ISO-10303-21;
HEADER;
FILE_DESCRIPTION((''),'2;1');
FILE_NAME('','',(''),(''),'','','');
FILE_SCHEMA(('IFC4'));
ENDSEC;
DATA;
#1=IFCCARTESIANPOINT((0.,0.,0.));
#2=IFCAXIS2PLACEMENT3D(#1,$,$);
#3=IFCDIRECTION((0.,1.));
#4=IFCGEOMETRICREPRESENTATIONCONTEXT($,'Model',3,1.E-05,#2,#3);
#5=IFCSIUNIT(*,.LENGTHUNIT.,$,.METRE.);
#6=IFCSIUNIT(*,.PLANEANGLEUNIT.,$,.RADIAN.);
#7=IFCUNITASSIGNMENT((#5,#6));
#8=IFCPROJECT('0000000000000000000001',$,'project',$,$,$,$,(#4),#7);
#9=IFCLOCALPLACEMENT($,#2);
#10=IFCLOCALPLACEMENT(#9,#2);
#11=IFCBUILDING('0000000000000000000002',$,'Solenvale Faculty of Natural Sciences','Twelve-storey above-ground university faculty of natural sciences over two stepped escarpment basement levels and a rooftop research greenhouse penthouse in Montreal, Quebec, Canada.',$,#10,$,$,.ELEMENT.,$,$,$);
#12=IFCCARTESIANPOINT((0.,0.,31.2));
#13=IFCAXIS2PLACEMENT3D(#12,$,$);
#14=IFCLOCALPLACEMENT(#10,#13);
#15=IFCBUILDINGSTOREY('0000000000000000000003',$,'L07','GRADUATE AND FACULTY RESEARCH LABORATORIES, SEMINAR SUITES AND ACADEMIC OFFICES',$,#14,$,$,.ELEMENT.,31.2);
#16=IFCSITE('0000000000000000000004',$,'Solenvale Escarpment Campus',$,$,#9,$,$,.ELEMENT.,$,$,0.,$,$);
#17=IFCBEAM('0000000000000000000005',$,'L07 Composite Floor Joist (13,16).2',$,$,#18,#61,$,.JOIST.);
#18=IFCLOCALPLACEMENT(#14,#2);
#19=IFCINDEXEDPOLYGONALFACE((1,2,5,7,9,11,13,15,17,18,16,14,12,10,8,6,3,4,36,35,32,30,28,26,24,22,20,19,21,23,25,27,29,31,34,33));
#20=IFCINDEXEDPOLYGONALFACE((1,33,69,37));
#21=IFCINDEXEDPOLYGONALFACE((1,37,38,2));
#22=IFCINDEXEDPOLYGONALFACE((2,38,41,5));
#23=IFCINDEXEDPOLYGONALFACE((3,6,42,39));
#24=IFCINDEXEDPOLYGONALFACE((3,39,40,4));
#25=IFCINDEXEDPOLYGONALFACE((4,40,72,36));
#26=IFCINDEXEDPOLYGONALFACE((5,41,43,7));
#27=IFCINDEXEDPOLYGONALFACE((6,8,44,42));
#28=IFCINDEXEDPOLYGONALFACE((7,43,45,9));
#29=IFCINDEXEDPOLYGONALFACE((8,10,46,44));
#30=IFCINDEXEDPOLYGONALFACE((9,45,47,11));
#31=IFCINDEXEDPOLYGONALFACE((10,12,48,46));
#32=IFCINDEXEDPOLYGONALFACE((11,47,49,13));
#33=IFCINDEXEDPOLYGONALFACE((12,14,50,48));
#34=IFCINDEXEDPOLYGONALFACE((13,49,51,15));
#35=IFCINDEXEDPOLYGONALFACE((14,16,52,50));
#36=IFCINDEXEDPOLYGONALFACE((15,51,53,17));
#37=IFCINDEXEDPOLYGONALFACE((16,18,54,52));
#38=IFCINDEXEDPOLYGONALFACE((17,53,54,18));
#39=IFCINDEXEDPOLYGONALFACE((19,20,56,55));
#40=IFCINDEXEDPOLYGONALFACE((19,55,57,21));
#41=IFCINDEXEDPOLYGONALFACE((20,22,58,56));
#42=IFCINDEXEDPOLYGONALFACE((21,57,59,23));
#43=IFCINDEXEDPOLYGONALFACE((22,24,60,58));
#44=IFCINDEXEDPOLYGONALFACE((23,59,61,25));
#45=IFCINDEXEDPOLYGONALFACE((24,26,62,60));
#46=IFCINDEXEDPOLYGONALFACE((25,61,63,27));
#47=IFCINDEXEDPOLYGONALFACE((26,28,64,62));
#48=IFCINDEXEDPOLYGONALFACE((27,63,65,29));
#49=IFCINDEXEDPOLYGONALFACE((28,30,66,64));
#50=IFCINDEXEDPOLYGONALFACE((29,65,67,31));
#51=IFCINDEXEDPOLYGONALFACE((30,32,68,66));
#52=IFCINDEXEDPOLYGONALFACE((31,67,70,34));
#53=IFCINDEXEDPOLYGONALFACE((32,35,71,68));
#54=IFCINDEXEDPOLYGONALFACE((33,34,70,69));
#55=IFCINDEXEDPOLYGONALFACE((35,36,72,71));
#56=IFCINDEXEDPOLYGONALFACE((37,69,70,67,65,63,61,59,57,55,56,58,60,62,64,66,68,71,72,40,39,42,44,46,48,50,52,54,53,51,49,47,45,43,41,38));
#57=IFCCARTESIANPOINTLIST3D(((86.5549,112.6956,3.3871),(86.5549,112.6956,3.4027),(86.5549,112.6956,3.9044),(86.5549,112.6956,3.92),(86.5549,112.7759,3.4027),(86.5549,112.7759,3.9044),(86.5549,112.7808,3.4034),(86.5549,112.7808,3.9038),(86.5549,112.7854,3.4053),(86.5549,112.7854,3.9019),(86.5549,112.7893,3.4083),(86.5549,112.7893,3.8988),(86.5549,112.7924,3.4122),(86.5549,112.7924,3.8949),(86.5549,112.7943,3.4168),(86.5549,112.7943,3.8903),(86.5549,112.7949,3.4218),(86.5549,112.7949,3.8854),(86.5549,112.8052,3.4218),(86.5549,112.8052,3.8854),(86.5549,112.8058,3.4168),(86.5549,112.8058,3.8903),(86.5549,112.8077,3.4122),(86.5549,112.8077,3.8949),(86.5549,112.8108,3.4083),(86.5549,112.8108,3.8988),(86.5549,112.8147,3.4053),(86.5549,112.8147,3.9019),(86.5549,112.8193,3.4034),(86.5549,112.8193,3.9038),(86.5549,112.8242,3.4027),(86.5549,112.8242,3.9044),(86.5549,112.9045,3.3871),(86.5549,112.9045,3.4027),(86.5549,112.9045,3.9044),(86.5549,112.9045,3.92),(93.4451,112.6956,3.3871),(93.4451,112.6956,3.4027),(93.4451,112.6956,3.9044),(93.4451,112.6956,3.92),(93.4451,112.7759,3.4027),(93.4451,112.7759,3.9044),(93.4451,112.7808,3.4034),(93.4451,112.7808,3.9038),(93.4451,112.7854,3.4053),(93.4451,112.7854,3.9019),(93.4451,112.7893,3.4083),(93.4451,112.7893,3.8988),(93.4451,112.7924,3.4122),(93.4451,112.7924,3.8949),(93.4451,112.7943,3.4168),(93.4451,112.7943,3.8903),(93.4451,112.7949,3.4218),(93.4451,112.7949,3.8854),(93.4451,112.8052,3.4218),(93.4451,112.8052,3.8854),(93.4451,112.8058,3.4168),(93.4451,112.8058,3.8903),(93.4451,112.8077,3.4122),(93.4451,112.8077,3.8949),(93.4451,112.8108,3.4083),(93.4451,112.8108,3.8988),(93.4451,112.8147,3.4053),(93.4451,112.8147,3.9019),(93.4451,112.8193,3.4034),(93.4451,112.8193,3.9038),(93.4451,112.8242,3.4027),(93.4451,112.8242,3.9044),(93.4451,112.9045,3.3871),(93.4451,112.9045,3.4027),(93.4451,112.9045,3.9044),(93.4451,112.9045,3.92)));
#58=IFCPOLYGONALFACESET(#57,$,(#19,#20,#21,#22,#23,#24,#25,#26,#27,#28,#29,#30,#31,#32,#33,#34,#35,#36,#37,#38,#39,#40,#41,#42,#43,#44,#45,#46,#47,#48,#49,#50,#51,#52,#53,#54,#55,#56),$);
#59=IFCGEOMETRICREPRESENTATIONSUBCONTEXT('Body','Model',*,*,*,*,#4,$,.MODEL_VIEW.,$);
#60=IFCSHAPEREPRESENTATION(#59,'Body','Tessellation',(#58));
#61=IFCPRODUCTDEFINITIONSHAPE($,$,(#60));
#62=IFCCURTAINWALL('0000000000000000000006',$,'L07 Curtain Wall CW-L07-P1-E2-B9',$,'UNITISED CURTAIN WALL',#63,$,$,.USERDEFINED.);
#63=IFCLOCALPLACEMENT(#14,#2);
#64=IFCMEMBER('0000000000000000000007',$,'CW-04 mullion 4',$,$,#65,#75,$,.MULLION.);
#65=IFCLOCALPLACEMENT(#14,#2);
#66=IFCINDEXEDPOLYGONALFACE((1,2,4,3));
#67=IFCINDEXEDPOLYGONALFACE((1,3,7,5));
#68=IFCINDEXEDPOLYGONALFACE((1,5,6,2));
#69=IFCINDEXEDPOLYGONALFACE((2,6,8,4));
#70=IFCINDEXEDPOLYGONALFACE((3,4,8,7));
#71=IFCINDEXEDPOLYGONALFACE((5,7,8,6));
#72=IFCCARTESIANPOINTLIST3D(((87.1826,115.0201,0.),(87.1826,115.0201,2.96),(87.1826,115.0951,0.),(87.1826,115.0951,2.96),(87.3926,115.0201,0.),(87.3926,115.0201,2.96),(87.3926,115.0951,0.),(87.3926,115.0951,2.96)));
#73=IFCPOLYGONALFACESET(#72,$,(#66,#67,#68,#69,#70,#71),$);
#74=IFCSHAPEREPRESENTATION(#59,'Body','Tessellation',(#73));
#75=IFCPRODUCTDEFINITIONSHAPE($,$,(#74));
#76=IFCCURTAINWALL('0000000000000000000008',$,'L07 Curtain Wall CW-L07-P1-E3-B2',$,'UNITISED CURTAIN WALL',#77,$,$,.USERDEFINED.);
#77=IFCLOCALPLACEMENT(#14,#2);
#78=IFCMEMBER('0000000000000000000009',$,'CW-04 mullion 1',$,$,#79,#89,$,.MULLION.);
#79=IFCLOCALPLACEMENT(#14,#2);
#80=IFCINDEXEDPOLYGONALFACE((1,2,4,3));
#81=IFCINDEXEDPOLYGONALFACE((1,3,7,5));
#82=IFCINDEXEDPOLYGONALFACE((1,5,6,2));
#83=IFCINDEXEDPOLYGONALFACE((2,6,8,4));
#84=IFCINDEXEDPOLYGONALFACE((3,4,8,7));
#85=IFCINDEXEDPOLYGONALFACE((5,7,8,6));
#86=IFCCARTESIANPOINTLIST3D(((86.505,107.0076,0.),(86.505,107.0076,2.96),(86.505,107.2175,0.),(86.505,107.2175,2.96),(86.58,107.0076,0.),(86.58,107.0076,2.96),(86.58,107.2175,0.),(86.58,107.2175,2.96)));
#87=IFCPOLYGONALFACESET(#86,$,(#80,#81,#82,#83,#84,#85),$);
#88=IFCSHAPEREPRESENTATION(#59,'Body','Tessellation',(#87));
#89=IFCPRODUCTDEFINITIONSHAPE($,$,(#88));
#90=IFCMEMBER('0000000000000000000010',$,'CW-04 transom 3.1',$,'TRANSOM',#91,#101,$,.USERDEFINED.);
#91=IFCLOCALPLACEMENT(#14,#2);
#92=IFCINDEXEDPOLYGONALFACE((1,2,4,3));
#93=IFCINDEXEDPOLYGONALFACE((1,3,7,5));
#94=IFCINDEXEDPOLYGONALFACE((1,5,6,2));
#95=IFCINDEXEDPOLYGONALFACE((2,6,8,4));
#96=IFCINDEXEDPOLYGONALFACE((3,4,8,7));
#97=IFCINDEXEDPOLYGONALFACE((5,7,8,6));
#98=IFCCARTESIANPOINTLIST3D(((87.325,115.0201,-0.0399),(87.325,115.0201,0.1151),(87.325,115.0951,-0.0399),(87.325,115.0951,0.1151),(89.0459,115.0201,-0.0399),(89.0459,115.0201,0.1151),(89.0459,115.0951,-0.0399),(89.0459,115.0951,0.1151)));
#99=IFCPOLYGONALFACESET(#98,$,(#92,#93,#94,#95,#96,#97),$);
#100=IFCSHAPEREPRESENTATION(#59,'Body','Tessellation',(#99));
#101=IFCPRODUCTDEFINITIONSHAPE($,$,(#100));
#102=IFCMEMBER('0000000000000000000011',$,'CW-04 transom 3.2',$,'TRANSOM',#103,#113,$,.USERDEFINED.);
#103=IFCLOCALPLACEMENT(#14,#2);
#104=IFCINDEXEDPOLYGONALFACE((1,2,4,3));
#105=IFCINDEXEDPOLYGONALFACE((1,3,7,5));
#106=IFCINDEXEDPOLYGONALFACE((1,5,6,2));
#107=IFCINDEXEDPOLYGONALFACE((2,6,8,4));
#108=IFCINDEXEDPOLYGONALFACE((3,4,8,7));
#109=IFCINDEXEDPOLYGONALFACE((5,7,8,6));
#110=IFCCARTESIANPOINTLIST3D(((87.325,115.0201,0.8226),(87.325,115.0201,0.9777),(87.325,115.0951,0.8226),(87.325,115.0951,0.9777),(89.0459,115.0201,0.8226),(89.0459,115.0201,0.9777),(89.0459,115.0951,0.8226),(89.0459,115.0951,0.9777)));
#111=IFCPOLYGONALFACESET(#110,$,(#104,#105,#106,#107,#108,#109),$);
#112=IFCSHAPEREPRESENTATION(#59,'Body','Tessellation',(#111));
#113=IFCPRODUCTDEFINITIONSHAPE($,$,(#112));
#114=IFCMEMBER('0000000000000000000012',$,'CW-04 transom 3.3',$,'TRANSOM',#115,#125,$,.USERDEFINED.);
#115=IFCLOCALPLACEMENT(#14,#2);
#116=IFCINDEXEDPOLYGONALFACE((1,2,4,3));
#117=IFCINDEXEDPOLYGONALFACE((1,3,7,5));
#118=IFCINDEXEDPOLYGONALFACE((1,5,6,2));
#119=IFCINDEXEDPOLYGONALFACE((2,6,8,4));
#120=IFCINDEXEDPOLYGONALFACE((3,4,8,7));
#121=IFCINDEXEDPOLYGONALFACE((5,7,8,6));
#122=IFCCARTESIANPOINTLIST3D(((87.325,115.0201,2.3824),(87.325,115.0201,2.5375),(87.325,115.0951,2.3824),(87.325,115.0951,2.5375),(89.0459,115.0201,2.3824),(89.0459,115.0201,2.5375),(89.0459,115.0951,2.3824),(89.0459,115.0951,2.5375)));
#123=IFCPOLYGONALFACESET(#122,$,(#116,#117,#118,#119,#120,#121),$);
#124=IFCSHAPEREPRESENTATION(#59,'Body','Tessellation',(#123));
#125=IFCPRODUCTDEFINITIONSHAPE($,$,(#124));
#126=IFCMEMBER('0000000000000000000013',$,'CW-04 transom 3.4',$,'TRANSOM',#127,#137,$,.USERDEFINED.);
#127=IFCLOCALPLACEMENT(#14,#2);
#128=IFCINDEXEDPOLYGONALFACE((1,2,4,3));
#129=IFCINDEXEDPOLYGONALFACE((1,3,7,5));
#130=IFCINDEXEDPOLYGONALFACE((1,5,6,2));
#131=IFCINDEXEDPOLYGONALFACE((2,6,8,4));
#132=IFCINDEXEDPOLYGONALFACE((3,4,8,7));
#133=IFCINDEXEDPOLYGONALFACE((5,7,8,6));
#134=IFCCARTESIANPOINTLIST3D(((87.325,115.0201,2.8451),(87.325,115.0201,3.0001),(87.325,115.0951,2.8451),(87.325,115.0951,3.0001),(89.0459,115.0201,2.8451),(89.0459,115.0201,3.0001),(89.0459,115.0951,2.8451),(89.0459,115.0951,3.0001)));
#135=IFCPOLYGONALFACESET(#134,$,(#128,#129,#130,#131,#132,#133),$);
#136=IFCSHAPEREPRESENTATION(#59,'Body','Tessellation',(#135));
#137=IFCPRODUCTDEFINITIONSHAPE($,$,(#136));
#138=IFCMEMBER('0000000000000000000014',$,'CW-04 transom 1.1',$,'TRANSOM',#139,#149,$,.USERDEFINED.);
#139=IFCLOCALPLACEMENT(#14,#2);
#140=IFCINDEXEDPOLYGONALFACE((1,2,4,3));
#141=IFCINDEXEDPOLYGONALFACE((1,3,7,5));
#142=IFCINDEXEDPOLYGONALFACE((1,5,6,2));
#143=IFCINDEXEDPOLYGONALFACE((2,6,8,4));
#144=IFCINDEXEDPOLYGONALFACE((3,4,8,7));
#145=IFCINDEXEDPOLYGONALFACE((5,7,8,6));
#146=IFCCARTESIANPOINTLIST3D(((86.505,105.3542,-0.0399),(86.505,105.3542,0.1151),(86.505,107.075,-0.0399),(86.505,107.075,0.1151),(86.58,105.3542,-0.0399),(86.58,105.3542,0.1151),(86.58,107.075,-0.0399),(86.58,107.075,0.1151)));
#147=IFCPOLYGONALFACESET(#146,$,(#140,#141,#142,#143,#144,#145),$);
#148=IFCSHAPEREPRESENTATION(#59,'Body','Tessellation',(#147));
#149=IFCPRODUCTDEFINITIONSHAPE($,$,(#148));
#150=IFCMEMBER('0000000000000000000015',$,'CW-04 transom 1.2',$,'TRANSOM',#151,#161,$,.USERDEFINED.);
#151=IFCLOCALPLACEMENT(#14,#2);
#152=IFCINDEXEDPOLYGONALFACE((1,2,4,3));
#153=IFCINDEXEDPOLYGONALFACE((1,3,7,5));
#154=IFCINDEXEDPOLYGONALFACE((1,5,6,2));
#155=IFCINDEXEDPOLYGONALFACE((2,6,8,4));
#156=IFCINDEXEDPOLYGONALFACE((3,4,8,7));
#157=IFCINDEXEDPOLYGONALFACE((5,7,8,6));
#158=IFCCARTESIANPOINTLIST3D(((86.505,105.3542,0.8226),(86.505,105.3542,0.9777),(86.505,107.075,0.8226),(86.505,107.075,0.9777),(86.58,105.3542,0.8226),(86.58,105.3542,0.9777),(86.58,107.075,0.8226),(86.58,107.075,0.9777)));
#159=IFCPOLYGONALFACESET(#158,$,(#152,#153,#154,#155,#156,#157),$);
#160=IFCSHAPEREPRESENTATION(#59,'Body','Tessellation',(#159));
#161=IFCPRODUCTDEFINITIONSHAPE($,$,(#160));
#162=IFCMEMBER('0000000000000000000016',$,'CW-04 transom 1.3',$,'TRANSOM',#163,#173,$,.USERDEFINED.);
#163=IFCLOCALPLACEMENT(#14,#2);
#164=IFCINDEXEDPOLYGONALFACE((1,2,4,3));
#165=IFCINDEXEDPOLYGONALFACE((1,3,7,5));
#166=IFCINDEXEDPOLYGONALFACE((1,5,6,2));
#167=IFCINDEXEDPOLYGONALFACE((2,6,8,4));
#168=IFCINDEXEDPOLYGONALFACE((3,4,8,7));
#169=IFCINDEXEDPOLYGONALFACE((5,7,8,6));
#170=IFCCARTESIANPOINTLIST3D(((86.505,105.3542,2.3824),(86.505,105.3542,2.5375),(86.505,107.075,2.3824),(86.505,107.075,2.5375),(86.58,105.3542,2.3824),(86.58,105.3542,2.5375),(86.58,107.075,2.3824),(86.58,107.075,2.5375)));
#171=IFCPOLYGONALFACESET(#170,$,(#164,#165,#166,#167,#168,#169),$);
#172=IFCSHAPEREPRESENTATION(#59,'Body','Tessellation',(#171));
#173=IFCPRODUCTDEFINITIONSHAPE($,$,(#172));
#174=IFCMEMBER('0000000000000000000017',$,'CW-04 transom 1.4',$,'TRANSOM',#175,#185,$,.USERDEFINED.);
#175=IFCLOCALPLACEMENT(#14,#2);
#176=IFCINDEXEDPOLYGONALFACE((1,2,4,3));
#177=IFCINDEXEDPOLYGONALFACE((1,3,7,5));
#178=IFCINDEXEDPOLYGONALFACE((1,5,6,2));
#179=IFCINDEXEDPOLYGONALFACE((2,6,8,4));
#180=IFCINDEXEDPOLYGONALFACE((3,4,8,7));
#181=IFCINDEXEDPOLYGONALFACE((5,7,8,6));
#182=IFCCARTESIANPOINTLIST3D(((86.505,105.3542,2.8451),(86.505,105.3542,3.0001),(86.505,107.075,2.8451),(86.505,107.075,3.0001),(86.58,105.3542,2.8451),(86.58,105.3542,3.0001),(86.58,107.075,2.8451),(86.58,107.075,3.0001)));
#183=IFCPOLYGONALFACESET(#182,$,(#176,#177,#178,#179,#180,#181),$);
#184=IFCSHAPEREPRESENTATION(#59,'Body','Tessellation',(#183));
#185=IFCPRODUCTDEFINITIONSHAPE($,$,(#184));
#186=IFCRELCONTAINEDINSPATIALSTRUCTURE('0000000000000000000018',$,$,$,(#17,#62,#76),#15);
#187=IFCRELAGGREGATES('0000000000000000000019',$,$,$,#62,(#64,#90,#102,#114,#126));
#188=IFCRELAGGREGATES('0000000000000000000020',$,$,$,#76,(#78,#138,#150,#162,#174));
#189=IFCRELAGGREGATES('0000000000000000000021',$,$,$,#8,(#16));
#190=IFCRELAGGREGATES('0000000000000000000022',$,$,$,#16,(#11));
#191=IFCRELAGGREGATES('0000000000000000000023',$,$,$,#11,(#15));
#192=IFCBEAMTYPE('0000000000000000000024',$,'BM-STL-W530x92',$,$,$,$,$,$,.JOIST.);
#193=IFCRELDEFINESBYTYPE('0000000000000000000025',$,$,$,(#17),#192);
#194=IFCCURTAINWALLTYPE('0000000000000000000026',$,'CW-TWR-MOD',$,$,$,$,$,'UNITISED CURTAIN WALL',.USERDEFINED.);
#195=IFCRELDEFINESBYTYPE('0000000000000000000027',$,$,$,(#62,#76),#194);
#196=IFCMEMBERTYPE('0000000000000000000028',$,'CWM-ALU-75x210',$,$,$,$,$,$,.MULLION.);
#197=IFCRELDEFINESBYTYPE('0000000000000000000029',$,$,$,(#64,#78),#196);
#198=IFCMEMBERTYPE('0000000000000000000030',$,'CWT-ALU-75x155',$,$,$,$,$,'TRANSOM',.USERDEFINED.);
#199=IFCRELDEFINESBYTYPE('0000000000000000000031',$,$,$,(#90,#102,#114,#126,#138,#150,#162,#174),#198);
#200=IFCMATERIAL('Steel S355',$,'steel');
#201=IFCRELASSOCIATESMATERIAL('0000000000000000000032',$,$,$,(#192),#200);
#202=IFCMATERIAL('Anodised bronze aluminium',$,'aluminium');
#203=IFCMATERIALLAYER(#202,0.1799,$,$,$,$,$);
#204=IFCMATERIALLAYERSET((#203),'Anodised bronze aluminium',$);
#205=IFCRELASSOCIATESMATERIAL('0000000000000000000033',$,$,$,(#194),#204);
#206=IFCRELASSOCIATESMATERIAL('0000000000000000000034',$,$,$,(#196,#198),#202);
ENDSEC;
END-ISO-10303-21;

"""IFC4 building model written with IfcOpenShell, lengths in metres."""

from ifc_helpers import new_model, si_unit, direction, frame, origin, origin_2d, place, context, subcontext, project, spatial, rectangle, i_section, extrude, material, layer, layer_set, material_profile, profile_set, type_object, element, aggregate, save


model = new_model("IFC4")

# Units and contexts
model_context = context("Model", 3, precision=1e-05, world=origin(), true_north=direction((0.0, 1.0)))
body_context = subcontext(model_context, "Body", "Model", "MODEL_VIEW")
ifc_project = project(units=[si_unit("LENGTHUNIT", "METRE"), si_unit("PLANEANGLEUNIT", "RADIAN")], contexts=[model_context])

# Site, building, storey
site_placement = place(None, origin())
site = spatial("IfcSite", under=ifc_project, at=site_placement, Name="Solenvale Escarpment Campus", CompositionType="ELEMENT", RefElevation=0.0)
building_placement = place(site_placement, origin())
building = spatial("IfcBuilding", under=site, at=building_placement, Name="Solenvale Faculty of Natural Sciences", Description="Twelve-storey above-ground university faculty of natural sciences over two stepped escarpment basement levels and a rooftop research greenhouse penthouse in Montreal, Quebec, Canada.", CompositionType="ELEMENT")
storey_placement = place(building_placement, frame((0.0, 0.0, 31.2)))
storey = spatial("IfcBuildingStorey", under=building, at=storey_placement, Name="L07", Description="GRADUATE AND FACULTY RESEARCH LABORATORIES, SEMINAR SUITES AND ACADEMIC OFFICES", CompositionType="ELEMENT", Elevation=31.2)

# Beam
ifc_material_1 = material(Name="Steel S355", Category="steel")
ifc_material_profile_1 = material_profile(ifc_material_1, i_section(OverallWidth=0.209, OverallDepth=0.533, WebThickness=0.0103, FlangeThickness=0.0156, FilletRadius=0.019, at=origin_2d()), Name="W530x92")
ifc_profile_set_1 = profile_set([ifc_material_profile_1], Name="Steel S355")
beam_type_1 = type_object("IfcBeamType", Name="BM-STL-W530x92", PredefinedType="JOIST", material=ifc_profile_set_1)
for number, where, z_axis, x_axis, name in (
    (1, (86.5549, 112.8, 3.6536), (1.0, 0.0, 0.0), (0.0, 1.0, 0.0), "L07 Composite Floor Joist (13,16).2"),
):
    element("IfcBeam", number, at=place(storey_placement, frame(where, z_axis=z_axis, x_axis=x_axis)), inside=storey, type_object=beam_type_1, Name=name, PredefinedType="JOIST", context=body_context, shape_type="SweptSolid", body=[
        extrude(i_section(OverallWidth=0.209, OverallDepth=0.533, WebThickness=0.0103, FlangeThickness=0.0156, FilletRadius=0.019, at=origin_2d()), origin(), (0.0, 0.0, 1.0), 6.8901),
    ])

# Curtain walls, members
ifc_material_2 = material(Name="Anodised bronze aluminium", Category="aluminium")
ifc_layer_1 = layer(ifc_material_2, 0.1799)
ifc_layer_set_1 = layer_set([ifc_layer_1], Name="Anodised bronze aluminium")
curtain_wall_type = type_object("IfcCurtainWallType", Name="CW-TWR-MOD", ElementType="UNITISED CURTAIN WALL", PredefinedType="USERDEFINED", material=ifc_layer_set_1)
curtain_wall_1_placement = place(storey_placement, origin())
curtain_wall_1 = element("IfcCurtainWall", 2, at=curtain_wall_1_placement, inside=storey, type_object=curtain_wall_type, Name="L07 Curtain Wall CW-L07-P1-E2-B9", ObjectType="UNITISED CURTAIN WALL", PredefinedType="USERDEFINED")
ifc_material_profile_2 = material_profile(ifc_material_2, rectangle(XDim=0.075, YDim=0.21, at=origin_2d()), Name="ALU-MUL-75x210")
ifc_profile_set_2 = profile_set([ifc_material_profile_2], Name="Anodised bronze aluminium")
member_type_1 = type_object("IfcMemberType", Name="CWM-ALU-75x210", PredefinedType="MULLION", material=ifc_profile_set_2)
member_1_placement = place(storey_placement, frame((87.2876, 115.0576, 0.0), z_axis=(0.0, 0.0, 1.0), x_axis=(0.0, -1.0, 0.0)))
member_1 = element("IfcMember", 3, at=member_1_placement, type_object=member_type_1, Name="CW-04 mullion 4", PredefinedType="MULLION", context=body_context, shape_type="SweptSolid", body=[
    extrude(rectangle(XDim=0.075, YDim=0.21, at=origin_2d()), origin(), (0.0, 0.0, 1.0), 2.96),
])
curtain_wall_2_placement = place(storey_placement, origin())
curtain_wall_2 = element("IfcCurtainWall", 4, at=curtain_wall_2_placement, inside=storey, type_object=curtain_wall_type, Name="L07 Curtain Wall CW-L07-P1-E3-B2", ObjectType="UNITISED CURTAIN WALL", PredefinedType="USERDEFINED")
member_2_placement = place(storey_placement, frame((86.5425, 107.1125, 0.0), z_axis=(0.0, 0.0, 1.0), x_axis=(1.0, 0.0, 0.0)))
member_2 = element("IfcMember", 5, at=member_2_placement, type_object=member_type_1, Name="CW-04 mullion 1", PredefinedType="MULLION", context=body_context, shape_type="SweptSolid", body=[
    extrude(rectangle(XDim=0.075, YDim=0.21, at=origin_2d()), origin(), (0.0, 0.0, 1.0), 2.96),
])

# Members
ifc_material_profile_3 = material_profile(ifc_material_2, rectangle(XDim=0.075, YDim=0.155, at=origin_2d()), Name="ALU-TRN-75x155")
ifc_profile_set_3 = profile_set([ifc_material_profile_3], Name="Anodised bronze aluminium")
member_type_2 = type_object("IfcMemberType", Name="CWT-ALU-75x155", ElementType="TRANSOM", PredefinedType="USERDEFINED", material=ifc_profile_set_3)
member_3_placement = place(storey_placement, frame((89.0459, 115.0576, 0.0376), z_axis=(-1.0, 0.0, 0.0), x_axis=(0.0, -1.0, 0.0)))
member_3 = element("IfcMember", 6, at=member_3_placement, type_object=member_type_2, Name="CW-04 transom 3.1", ObjectType="TRANSOM", PredefinedType="USERDEFINED", context=body_context, shape_type="SweptSolid", body=[
    extrude(rectangle(XDim=0.075, YDim=0.155, at=origin_2d()), origin(), (0.0, 0.0, 1.0), 1.7209),
])
member_4_placement = place(storey_placement, frame((89.0459, 115.0576, 0.9001), z_axis=(-1.0, 0.0, 0.0), x_axis=(0.0, -1.0, 0.0)))
member_4 = element("IfcMember", 7, at=member_4_placement, type_object=member_type_2, Name="CW-04 transom 3.2", ObjectType="TRANSOM", PredefinedType="USERDEFINED", context=body_context, shape_type="SweptSolid", body=[
    extrude(rectangle(XDim=0.075, YDim=0.155, at=origin_2d()), origin(), (0.0, 0.0, 1.0), 1.7209),
])
member_5_placement = place(storey_placement, frame((89.0459, 115.0576, 2.46), z_axis=(-1.0, 0.0, 0.0), x_axis=(0.0, -1.0, 0.0)))
member_5 = element("IfcMember", 8, at=member_5_placement, type_object=member_type_2, Name="CW-04 transom 3.3", ObjectType="TRANSOM", PredefinedType="USERDEFINED", context=body_context, shape_type="SweptSolid", body=[
    extrude(rectangle(XDim=0.075, YDim=0.155, at=origin_2d()), origin(), (0.0, 0.0, 1.0), 1.7209),
])
member_6_placement = place(storey_placement, frame((89.0459, 115.0576, 2.9226), z_axis=(-1.0, 0.0, 0.0), x_axis=(0.0, -1.0, 0.0)))
member_6 = element("IfcMember", 9, at=member_6_placement, type_object=member_type_2, Name="CW-04 transom 3.4", ObjectType="TRANSOM", PredefinedType="USERDEFINED", context=body_context, shape_type="SweptSolid", body=[
    extrude(rectangle(XDim=0.075, YDim=0.155, at=origin_2d()), origin(), (0.0, 0.0, 1.0), 1.7209),
])
member_7_placement = place(storey_placement, frame((86.5425, 107.075, 0.0376), z_axis=(0.0, -1.0, 0.0), x_axis=(1.0, 0.0, 0.0)))
member_7 = element("IfcMember", 10, at=member_7_placement, type_object=member_type_2, Name="CW-04 transom 1.1", ObjectType="TRANSOM", PredefinedType="USERDEFINED", context=body_context, shape_type="SweptSolid", body=[
    extrude(rectangle(XDim=0.075, YDim=0.155, at=origin_2d()), origin(), (0.0, 0.0, 1.0), 1.7207),
])
member_8_placement = place(storey_placement, frame((86.5425, 107.075, 0.9001), z_axis=(0.0, -1.0, 0.0), x_axis=(1.0, 0.0, 0.0)))
member_8 = element("IfcMember", 11, at=member_8_placement, type_object=member_type_2, Name="CW-04 transom 1.2", ObjectType="TRANSOM", PredefinedType="USERDEFINED", context=body_context, shape_type="SweptSolid", body=[
    extrude(rectangle(XDim=0.075, YDim=0.155, at=origin_2d()), origin(), (0.0, 0.0, 1.0), 1.7207),
])
member_9_placement = place(storey_placement, frame((86.5425, 107.075, 2.46), z_axis=(0.0, -1.0, 0.0), x_axis=(1.0, 0.0, 0.0)))
member_9 = element("IfcMember", 12, at=member_9_placement, type_object=member_type_2, Name="CW-04 transom 1.3", ObjectType="TRANSOM", PredefinedType="USERDEFINED", context=body_context, shape_type="SweptSolid", body=[
    extrude(rectangle(XDim=0.075, YDim=0.155, at=origin_2d()), origin(), (0.0, 0.0, 1.0), 1.7207),
])
member_10_placement = place(storey_placement, frame((86.5425, 107.075, 2.9226), z_axis=(0.0, -1.0, 0.0), x_axis=(1.0, 0.0, 0.0)))
member_10 = element("IfcMember", 13, at=member_10_placement, type_object=member_type_2, Name="CW-04 transom 1.4", ObjectType="TRANSOM", PredefinedType="USERDEFINED", context=body_context, shape_type="SweptSolid", body=[
    extrude(rectangle(XDim=0.075, YDim=0.155, at=origin_2d()), origin(), (0.0, 0.0, 1.0), 1.7207),
])

aggregate(curtain_wall_1, [member_1, member_3, member_4, member_5, member_6])
aggregate(curtain_wall_2, [member_2, member_7, member_8, member_9, member_10])

save(model, "model.ifc")
